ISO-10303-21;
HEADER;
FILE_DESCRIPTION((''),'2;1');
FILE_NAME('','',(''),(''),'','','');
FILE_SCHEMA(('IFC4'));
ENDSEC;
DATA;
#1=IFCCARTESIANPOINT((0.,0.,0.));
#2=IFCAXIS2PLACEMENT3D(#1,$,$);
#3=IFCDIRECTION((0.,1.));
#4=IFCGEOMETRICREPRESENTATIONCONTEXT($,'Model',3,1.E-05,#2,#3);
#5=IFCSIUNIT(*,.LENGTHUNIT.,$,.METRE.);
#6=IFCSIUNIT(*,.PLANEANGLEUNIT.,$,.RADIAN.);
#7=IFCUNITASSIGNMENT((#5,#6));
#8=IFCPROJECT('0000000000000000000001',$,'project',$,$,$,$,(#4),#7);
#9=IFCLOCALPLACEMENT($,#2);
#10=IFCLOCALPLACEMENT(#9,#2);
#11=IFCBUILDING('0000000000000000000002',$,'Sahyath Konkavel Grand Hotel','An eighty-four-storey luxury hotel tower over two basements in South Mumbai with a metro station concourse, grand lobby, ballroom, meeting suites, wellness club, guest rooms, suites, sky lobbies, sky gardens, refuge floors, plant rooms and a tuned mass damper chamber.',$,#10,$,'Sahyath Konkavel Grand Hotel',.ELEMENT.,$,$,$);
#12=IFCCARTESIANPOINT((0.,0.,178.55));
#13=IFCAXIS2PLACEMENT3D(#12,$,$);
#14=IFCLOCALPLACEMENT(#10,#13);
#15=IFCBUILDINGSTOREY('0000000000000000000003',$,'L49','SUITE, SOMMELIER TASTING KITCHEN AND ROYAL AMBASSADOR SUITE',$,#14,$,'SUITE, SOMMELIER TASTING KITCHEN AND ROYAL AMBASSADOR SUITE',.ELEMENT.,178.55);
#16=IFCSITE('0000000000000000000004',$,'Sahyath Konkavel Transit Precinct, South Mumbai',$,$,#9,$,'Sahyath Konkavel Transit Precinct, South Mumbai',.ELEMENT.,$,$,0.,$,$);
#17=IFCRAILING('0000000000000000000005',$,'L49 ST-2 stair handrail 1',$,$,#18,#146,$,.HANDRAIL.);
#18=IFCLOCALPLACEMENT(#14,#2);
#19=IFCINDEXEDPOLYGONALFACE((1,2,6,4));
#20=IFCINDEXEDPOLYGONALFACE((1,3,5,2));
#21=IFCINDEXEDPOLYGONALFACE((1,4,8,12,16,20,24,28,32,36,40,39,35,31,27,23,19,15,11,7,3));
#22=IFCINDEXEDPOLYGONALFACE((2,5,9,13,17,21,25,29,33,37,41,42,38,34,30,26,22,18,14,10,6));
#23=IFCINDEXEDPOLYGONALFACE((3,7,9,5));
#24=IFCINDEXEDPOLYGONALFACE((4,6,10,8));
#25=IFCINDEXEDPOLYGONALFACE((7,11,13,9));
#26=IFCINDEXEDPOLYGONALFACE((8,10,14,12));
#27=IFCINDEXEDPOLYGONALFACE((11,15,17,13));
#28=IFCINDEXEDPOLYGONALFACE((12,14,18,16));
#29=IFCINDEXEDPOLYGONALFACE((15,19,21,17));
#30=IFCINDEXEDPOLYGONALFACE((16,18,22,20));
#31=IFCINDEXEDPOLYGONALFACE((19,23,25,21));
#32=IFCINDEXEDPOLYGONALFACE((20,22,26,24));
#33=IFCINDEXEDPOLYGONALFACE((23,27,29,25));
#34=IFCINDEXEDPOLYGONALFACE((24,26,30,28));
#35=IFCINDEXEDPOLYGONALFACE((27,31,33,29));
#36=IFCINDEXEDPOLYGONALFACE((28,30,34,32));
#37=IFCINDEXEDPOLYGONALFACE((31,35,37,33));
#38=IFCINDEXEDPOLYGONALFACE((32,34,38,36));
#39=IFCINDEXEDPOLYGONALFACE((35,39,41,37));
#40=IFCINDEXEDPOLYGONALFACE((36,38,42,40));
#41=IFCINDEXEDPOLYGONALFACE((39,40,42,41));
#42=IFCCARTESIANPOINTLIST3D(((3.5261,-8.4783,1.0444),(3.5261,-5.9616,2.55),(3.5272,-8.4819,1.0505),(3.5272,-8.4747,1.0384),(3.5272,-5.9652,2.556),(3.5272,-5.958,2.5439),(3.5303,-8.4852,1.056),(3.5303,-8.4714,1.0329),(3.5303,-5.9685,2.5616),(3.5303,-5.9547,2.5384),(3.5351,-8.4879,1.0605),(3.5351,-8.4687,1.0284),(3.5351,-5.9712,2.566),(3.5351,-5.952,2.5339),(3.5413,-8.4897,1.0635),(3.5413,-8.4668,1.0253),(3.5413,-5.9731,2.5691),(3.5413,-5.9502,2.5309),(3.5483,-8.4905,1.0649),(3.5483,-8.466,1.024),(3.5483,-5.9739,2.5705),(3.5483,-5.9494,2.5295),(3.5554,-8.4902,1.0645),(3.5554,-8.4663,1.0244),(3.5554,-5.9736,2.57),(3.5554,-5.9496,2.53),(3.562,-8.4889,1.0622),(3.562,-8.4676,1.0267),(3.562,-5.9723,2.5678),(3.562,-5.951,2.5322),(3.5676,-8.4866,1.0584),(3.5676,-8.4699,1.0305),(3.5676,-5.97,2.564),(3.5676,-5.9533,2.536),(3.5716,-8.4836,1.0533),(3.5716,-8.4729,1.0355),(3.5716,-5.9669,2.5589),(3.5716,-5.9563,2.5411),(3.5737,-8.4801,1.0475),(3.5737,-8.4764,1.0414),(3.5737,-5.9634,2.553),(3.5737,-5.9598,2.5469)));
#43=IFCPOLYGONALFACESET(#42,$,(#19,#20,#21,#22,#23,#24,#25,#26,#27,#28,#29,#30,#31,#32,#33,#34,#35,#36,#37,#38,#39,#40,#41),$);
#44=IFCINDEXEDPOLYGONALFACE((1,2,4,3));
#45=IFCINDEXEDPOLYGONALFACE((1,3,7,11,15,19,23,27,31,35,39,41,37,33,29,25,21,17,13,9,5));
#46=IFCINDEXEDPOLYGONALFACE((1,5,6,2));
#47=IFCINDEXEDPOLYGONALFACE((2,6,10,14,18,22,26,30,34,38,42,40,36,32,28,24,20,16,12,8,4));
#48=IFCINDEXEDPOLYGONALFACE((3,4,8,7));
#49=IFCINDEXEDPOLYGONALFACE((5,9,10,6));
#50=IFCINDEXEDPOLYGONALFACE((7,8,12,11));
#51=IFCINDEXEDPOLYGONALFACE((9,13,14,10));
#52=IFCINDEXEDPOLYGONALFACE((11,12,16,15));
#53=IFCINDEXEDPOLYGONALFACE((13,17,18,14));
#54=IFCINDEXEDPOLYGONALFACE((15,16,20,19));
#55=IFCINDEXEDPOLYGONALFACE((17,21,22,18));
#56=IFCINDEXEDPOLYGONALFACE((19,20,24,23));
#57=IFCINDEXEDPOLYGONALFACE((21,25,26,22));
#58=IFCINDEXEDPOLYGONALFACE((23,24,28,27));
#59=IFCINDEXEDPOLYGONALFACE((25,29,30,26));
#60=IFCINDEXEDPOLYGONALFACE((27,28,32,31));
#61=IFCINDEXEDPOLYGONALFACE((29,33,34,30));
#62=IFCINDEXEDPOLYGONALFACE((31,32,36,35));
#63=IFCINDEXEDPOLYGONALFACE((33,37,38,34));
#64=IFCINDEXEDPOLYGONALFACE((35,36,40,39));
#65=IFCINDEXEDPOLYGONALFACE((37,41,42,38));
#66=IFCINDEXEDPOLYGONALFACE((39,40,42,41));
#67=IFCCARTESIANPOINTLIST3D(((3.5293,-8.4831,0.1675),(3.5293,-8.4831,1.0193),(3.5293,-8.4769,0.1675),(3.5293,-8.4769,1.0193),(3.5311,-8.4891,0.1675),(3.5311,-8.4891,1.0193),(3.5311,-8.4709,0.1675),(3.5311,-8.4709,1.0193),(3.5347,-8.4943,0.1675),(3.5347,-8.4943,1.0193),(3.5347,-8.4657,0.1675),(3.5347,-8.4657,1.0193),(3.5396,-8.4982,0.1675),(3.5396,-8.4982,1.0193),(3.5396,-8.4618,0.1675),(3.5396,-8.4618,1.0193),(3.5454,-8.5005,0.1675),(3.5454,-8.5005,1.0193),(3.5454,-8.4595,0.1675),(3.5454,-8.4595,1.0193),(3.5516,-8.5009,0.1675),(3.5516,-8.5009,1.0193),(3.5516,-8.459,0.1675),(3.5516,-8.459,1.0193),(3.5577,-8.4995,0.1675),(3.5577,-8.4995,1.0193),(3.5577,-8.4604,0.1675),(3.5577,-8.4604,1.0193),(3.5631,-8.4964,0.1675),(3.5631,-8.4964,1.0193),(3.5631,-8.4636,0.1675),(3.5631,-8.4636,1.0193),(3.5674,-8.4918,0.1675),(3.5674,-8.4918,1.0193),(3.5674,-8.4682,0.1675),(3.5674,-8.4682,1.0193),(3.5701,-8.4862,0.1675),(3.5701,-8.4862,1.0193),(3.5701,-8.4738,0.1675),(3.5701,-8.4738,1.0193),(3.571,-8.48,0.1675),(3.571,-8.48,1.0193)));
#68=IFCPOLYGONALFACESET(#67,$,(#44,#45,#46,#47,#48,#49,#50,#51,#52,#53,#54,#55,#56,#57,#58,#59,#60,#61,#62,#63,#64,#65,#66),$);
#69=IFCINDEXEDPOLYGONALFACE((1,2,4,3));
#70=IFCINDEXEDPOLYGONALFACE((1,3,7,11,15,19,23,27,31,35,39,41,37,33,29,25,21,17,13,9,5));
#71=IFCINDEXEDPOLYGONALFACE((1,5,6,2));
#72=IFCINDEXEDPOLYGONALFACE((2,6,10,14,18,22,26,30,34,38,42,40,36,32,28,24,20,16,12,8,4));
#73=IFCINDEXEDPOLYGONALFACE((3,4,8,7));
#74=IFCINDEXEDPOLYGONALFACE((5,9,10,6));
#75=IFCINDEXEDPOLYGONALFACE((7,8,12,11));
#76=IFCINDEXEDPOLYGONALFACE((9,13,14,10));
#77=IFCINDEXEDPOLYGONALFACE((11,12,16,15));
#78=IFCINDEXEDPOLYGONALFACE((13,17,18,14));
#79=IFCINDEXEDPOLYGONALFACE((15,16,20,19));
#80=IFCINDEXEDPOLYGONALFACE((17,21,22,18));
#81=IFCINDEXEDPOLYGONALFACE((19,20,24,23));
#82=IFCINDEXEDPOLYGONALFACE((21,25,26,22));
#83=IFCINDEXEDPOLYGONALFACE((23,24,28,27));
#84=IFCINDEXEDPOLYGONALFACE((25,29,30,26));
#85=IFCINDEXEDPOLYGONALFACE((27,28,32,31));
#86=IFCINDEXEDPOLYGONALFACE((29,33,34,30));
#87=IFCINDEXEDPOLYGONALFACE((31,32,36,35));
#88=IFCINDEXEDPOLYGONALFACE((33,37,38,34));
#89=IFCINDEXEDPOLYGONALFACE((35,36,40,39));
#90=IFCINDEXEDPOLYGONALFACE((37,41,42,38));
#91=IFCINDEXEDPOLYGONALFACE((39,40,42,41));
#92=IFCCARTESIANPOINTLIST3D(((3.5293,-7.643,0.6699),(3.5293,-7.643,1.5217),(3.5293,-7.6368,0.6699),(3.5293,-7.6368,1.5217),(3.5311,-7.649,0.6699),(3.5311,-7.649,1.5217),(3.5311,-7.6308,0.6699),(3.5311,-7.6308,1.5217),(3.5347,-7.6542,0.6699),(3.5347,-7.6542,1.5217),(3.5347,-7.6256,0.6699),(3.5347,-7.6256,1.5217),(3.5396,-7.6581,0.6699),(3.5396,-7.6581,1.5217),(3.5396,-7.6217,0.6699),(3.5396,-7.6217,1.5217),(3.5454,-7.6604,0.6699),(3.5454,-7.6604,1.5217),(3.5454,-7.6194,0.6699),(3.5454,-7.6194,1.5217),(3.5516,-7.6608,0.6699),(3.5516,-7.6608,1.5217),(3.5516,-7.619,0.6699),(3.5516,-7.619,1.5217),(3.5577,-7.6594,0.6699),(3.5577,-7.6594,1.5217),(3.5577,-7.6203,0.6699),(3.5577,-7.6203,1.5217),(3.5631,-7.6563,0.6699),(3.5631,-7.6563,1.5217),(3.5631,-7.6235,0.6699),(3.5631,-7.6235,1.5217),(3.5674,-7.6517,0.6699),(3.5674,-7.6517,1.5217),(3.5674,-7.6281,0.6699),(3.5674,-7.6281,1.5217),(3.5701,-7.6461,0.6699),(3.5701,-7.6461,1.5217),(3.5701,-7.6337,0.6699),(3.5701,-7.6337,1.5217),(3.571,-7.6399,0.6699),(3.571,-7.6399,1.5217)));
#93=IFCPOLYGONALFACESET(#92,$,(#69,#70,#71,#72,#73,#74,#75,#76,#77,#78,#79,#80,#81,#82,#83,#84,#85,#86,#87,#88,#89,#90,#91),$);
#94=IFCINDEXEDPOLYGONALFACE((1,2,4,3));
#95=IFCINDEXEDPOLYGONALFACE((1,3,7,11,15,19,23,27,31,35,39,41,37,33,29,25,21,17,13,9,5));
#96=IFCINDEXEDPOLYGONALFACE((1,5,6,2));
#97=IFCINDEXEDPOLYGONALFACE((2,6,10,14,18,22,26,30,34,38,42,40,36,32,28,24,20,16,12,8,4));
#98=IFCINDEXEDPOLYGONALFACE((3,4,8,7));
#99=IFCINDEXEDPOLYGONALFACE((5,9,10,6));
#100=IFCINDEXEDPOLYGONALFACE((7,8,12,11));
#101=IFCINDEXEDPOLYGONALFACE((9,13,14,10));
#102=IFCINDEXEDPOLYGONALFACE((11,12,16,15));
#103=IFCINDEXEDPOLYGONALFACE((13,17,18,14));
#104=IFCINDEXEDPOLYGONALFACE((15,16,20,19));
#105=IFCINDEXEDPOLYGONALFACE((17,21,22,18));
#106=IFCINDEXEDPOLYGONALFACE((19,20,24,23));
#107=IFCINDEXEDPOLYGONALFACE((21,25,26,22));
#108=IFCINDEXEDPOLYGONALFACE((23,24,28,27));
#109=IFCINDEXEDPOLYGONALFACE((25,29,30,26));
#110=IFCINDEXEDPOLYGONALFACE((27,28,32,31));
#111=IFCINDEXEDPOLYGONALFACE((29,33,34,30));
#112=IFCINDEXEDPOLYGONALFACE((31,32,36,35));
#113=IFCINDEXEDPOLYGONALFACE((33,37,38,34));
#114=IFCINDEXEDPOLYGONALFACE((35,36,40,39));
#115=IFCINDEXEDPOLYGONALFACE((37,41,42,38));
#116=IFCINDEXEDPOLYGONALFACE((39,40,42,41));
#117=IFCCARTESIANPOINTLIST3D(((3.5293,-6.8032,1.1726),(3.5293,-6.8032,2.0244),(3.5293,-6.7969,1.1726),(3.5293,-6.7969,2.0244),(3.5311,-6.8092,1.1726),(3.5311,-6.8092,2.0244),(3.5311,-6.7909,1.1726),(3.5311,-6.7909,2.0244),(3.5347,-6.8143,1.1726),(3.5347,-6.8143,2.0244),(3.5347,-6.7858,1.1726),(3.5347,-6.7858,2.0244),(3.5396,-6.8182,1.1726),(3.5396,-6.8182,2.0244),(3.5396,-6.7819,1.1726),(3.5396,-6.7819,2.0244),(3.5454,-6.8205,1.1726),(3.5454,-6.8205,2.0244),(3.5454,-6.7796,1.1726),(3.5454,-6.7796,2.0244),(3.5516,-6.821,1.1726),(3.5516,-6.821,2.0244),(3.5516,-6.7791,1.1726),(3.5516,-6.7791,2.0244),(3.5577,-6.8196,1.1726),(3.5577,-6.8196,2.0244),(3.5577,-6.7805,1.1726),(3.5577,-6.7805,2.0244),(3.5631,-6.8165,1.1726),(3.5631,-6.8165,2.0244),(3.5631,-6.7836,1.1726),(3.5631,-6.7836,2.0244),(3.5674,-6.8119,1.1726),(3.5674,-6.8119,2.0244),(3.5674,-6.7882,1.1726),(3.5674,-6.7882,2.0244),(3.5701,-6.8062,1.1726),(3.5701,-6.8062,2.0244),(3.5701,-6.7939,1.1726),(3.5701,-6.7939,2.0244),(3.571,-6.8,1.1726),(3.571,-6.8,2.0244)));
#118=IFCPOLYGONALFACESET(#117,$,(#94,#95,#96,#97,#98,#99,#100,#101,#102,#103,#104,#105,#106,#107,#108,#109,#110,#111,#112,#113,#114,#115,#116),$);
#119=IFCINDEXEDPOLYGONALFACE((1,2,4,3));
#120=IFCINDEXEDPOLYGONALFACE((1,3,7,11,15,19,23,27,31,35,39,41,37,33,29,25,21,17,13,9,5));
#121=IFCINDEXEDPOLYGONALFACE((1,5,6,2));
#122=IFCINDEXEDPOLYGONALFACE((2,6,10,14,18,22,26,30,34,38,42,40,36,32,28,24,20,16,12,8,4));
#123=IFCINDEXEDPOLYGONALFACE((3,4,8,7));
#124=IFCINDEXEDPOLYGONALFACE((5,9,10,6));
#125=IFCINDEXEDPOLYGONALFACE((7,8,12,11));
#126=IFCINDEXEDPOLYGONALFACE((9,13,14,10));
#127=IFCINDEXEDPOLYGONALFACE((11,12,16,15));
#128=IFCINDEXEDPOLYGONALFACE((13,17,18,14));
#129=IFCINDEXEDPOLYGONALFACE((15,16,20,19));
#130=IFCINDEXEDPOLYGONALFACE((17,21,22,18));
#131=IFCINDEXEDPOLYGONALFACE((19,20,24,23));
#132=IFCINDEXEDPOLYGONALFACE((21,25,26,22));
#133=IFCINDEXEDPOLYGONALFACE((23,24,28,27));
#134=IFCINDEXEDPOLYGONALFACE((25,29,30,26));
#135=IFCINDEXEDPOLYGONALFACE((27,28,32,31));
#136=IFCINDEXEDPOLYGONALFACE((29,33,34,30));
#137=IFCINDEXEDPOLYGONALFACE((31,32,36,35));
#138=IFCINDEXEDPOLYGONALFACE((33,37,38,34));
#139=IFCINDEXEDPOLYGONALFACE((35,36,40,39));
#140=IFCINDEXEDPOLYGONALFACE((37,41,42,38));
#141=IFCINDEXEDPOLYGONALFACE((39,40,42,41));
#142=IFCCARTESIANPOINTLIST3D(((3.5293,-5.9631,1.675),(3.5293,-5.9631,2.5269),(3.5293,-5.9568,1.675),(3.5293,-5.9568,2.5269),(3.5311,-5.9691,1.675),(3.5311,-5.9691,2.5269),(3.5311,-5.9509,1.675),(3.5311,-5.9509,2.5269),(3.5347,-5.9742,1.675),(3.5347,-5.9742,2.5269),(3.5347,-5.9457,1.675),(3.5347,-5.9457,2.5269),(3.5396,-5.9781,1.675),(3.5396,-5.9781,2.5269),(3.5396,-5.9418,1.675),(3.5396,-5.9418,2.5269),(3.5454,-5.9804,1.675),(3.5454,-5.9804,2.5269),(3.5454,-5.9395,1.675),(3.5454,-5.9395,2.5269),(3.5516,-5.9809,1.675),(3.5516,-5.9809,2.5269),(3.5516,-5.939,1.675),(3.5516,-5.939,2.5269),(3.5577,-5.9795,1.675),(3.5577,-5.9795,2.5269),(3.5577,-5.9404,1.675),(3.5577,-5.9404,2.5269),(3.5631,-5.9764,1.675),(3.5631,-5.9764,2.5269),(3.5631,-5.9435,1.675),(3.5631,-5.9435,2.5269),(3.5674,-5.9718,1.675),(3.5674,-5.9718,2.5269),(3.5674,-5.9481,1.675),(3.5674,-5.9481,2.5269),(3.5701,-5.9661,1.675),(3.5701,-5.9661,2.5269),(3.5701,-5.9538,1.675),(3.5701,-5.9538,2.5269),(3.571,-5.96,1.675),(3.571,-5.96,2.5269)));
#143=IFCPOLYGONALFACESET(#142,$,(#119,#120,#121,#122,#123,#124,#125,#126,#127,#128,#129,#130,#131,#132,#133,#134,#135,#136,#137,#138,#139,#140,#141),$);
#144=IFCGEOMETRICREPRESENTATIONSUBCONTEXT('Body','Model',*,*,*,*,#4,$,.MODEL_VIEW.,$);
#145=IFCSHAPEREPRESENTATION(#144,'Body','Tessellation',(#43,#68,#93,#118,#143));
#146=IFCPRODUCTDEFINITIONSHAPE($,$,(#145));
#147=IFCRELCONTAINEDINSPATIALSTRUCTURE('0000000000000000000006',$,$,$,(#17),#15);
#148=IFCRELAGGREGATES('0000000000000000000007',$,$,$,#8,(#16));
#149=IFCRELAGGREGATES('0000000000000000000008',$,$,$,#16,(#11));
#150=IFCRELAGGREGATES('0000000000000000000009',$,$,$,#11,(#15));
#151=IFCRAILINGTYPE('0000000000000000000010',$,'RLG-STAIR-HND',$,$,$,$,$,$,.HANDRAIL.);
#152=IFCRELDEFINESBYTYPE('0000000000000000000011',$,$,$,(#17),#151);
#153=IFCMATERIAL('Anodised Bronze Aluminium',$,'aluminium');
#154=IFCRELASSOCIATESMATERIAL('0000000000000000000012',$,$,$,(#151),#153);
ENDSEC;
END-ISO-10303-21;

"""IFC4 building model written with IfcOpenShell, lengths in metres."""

from ifc_helpers import new_model, si_unit, direction, frame, origin, origin_2d, place, context, subcontext, project, spatial, circle, extrude, material, type_object, element, save


model = new_model("IFC4")

# Units and contexts
model_context = context("Model", 3, precision=1e-05, world=origin(), true_north=direction((0.0, 1.0)))
body_context = subcontext(model_context, "Body", "Model", "MODEL_VIEW")
ifc_project = project(units=[si_unit("LENGTHUNIT", "METRE"), si_unit("PLANEANGLEUNIT", "RADIAN")], contexts=[model_context])

# Site, building, storey
site_placement = place(None, origin())
site = spatial("IfcSite", under=ifc_project, at=site_placement, Name="Sahyath Konkavel Transit Precinct, South Mumbai", LongName="Sahyath Konkavel Transit Precinct, South Mumbai", CompositionType="ELEMENT", RefElevation=0.0)
building_placement = place(site_placement, origin())
building = spatial("IfcBuilding", under=site, at=building_placement, Name="Sahyath Konkavel Grand Hotel", Description="An eighty-four-storey luxury hotel tower over two basements in South Mumbai with a metro station concourse, grand lobby, ballroom, meeting suites, wellness club, guest rooms, suites, sky lobbies, sky gardens, refuge floors, plant rooms and a tuned mass damper chamber.", LongName="Sahyath Konkavel Grand Hotel", CompositionType="ELEMENT")
storey_placement = place(building_placement, frame((0.0, 0.0, 178.55)))
storey = spatial("IfcBuildingStorey", under=building, at=storey_placement, Name="L49", Description="SUITE, SOMMELIER TASTING KITCHEN AND ROYAL AMBASSADOR SUITE", LongName="SUITE, SOMMELIER TASTING KITCHEN AND ROYAL AMBASSADOR SUITE", CompositionType="ELEMENT", Elevation=178.55)

# Railing
ifc_material_1 = material(Name="Anodised Bronze Aluminium", Category="aluminium")
railing_type_1 = type_object("IfcRailingType", Name="RLG-STAIR-HND", PredefinedType="HANDRAIL", material=ifc_material_1)
railing_1_placement = place(storey_placement, frame((3.55, -8.48, 0.1675)))
element("IfcRailing", 1, at=railing_1_placement, inside=storey, type_object=railing_type_1, Name="L49 ST-2 stair handrail 1", PredefinedType="HANDRAIL", context=body_context, shape_type="SweptSolid", body=[
    extrude(circle(Radius=0.0239, at=origin_2d()), frame((0.0, 0.0017, 0.877), z_axis=(0.0, 0.85816, 0.513383), x_axis=(-1.0, 0.0, 0.0)), (0.0, 0.0, 1.0), 2.9326),
    extrude(circle(Radius=0.021, at=origin_2d()), origin(), (0.0, 0.0, 1.0), 0.8518),
    extrude(circle(Radius=0.021, at=origin_2d()), frame((0.0, 0.8401, 0.5024)), (0.0, 0.0, 1.0), 0.8518),
    extrude(circle(Radius=0.021, at=origin_2d()), frame((0.0, 1.6799, 1.0051)), (0.0, 0.0, 1.0), 0.8518),
    extrude(circle(Radius=0.021, at=origin_2d()), frame((0.0, 2.52, 1.5076)), (0.0, 0.0, 1.0), 0.8518),
])

save(model, "model.ifc")
